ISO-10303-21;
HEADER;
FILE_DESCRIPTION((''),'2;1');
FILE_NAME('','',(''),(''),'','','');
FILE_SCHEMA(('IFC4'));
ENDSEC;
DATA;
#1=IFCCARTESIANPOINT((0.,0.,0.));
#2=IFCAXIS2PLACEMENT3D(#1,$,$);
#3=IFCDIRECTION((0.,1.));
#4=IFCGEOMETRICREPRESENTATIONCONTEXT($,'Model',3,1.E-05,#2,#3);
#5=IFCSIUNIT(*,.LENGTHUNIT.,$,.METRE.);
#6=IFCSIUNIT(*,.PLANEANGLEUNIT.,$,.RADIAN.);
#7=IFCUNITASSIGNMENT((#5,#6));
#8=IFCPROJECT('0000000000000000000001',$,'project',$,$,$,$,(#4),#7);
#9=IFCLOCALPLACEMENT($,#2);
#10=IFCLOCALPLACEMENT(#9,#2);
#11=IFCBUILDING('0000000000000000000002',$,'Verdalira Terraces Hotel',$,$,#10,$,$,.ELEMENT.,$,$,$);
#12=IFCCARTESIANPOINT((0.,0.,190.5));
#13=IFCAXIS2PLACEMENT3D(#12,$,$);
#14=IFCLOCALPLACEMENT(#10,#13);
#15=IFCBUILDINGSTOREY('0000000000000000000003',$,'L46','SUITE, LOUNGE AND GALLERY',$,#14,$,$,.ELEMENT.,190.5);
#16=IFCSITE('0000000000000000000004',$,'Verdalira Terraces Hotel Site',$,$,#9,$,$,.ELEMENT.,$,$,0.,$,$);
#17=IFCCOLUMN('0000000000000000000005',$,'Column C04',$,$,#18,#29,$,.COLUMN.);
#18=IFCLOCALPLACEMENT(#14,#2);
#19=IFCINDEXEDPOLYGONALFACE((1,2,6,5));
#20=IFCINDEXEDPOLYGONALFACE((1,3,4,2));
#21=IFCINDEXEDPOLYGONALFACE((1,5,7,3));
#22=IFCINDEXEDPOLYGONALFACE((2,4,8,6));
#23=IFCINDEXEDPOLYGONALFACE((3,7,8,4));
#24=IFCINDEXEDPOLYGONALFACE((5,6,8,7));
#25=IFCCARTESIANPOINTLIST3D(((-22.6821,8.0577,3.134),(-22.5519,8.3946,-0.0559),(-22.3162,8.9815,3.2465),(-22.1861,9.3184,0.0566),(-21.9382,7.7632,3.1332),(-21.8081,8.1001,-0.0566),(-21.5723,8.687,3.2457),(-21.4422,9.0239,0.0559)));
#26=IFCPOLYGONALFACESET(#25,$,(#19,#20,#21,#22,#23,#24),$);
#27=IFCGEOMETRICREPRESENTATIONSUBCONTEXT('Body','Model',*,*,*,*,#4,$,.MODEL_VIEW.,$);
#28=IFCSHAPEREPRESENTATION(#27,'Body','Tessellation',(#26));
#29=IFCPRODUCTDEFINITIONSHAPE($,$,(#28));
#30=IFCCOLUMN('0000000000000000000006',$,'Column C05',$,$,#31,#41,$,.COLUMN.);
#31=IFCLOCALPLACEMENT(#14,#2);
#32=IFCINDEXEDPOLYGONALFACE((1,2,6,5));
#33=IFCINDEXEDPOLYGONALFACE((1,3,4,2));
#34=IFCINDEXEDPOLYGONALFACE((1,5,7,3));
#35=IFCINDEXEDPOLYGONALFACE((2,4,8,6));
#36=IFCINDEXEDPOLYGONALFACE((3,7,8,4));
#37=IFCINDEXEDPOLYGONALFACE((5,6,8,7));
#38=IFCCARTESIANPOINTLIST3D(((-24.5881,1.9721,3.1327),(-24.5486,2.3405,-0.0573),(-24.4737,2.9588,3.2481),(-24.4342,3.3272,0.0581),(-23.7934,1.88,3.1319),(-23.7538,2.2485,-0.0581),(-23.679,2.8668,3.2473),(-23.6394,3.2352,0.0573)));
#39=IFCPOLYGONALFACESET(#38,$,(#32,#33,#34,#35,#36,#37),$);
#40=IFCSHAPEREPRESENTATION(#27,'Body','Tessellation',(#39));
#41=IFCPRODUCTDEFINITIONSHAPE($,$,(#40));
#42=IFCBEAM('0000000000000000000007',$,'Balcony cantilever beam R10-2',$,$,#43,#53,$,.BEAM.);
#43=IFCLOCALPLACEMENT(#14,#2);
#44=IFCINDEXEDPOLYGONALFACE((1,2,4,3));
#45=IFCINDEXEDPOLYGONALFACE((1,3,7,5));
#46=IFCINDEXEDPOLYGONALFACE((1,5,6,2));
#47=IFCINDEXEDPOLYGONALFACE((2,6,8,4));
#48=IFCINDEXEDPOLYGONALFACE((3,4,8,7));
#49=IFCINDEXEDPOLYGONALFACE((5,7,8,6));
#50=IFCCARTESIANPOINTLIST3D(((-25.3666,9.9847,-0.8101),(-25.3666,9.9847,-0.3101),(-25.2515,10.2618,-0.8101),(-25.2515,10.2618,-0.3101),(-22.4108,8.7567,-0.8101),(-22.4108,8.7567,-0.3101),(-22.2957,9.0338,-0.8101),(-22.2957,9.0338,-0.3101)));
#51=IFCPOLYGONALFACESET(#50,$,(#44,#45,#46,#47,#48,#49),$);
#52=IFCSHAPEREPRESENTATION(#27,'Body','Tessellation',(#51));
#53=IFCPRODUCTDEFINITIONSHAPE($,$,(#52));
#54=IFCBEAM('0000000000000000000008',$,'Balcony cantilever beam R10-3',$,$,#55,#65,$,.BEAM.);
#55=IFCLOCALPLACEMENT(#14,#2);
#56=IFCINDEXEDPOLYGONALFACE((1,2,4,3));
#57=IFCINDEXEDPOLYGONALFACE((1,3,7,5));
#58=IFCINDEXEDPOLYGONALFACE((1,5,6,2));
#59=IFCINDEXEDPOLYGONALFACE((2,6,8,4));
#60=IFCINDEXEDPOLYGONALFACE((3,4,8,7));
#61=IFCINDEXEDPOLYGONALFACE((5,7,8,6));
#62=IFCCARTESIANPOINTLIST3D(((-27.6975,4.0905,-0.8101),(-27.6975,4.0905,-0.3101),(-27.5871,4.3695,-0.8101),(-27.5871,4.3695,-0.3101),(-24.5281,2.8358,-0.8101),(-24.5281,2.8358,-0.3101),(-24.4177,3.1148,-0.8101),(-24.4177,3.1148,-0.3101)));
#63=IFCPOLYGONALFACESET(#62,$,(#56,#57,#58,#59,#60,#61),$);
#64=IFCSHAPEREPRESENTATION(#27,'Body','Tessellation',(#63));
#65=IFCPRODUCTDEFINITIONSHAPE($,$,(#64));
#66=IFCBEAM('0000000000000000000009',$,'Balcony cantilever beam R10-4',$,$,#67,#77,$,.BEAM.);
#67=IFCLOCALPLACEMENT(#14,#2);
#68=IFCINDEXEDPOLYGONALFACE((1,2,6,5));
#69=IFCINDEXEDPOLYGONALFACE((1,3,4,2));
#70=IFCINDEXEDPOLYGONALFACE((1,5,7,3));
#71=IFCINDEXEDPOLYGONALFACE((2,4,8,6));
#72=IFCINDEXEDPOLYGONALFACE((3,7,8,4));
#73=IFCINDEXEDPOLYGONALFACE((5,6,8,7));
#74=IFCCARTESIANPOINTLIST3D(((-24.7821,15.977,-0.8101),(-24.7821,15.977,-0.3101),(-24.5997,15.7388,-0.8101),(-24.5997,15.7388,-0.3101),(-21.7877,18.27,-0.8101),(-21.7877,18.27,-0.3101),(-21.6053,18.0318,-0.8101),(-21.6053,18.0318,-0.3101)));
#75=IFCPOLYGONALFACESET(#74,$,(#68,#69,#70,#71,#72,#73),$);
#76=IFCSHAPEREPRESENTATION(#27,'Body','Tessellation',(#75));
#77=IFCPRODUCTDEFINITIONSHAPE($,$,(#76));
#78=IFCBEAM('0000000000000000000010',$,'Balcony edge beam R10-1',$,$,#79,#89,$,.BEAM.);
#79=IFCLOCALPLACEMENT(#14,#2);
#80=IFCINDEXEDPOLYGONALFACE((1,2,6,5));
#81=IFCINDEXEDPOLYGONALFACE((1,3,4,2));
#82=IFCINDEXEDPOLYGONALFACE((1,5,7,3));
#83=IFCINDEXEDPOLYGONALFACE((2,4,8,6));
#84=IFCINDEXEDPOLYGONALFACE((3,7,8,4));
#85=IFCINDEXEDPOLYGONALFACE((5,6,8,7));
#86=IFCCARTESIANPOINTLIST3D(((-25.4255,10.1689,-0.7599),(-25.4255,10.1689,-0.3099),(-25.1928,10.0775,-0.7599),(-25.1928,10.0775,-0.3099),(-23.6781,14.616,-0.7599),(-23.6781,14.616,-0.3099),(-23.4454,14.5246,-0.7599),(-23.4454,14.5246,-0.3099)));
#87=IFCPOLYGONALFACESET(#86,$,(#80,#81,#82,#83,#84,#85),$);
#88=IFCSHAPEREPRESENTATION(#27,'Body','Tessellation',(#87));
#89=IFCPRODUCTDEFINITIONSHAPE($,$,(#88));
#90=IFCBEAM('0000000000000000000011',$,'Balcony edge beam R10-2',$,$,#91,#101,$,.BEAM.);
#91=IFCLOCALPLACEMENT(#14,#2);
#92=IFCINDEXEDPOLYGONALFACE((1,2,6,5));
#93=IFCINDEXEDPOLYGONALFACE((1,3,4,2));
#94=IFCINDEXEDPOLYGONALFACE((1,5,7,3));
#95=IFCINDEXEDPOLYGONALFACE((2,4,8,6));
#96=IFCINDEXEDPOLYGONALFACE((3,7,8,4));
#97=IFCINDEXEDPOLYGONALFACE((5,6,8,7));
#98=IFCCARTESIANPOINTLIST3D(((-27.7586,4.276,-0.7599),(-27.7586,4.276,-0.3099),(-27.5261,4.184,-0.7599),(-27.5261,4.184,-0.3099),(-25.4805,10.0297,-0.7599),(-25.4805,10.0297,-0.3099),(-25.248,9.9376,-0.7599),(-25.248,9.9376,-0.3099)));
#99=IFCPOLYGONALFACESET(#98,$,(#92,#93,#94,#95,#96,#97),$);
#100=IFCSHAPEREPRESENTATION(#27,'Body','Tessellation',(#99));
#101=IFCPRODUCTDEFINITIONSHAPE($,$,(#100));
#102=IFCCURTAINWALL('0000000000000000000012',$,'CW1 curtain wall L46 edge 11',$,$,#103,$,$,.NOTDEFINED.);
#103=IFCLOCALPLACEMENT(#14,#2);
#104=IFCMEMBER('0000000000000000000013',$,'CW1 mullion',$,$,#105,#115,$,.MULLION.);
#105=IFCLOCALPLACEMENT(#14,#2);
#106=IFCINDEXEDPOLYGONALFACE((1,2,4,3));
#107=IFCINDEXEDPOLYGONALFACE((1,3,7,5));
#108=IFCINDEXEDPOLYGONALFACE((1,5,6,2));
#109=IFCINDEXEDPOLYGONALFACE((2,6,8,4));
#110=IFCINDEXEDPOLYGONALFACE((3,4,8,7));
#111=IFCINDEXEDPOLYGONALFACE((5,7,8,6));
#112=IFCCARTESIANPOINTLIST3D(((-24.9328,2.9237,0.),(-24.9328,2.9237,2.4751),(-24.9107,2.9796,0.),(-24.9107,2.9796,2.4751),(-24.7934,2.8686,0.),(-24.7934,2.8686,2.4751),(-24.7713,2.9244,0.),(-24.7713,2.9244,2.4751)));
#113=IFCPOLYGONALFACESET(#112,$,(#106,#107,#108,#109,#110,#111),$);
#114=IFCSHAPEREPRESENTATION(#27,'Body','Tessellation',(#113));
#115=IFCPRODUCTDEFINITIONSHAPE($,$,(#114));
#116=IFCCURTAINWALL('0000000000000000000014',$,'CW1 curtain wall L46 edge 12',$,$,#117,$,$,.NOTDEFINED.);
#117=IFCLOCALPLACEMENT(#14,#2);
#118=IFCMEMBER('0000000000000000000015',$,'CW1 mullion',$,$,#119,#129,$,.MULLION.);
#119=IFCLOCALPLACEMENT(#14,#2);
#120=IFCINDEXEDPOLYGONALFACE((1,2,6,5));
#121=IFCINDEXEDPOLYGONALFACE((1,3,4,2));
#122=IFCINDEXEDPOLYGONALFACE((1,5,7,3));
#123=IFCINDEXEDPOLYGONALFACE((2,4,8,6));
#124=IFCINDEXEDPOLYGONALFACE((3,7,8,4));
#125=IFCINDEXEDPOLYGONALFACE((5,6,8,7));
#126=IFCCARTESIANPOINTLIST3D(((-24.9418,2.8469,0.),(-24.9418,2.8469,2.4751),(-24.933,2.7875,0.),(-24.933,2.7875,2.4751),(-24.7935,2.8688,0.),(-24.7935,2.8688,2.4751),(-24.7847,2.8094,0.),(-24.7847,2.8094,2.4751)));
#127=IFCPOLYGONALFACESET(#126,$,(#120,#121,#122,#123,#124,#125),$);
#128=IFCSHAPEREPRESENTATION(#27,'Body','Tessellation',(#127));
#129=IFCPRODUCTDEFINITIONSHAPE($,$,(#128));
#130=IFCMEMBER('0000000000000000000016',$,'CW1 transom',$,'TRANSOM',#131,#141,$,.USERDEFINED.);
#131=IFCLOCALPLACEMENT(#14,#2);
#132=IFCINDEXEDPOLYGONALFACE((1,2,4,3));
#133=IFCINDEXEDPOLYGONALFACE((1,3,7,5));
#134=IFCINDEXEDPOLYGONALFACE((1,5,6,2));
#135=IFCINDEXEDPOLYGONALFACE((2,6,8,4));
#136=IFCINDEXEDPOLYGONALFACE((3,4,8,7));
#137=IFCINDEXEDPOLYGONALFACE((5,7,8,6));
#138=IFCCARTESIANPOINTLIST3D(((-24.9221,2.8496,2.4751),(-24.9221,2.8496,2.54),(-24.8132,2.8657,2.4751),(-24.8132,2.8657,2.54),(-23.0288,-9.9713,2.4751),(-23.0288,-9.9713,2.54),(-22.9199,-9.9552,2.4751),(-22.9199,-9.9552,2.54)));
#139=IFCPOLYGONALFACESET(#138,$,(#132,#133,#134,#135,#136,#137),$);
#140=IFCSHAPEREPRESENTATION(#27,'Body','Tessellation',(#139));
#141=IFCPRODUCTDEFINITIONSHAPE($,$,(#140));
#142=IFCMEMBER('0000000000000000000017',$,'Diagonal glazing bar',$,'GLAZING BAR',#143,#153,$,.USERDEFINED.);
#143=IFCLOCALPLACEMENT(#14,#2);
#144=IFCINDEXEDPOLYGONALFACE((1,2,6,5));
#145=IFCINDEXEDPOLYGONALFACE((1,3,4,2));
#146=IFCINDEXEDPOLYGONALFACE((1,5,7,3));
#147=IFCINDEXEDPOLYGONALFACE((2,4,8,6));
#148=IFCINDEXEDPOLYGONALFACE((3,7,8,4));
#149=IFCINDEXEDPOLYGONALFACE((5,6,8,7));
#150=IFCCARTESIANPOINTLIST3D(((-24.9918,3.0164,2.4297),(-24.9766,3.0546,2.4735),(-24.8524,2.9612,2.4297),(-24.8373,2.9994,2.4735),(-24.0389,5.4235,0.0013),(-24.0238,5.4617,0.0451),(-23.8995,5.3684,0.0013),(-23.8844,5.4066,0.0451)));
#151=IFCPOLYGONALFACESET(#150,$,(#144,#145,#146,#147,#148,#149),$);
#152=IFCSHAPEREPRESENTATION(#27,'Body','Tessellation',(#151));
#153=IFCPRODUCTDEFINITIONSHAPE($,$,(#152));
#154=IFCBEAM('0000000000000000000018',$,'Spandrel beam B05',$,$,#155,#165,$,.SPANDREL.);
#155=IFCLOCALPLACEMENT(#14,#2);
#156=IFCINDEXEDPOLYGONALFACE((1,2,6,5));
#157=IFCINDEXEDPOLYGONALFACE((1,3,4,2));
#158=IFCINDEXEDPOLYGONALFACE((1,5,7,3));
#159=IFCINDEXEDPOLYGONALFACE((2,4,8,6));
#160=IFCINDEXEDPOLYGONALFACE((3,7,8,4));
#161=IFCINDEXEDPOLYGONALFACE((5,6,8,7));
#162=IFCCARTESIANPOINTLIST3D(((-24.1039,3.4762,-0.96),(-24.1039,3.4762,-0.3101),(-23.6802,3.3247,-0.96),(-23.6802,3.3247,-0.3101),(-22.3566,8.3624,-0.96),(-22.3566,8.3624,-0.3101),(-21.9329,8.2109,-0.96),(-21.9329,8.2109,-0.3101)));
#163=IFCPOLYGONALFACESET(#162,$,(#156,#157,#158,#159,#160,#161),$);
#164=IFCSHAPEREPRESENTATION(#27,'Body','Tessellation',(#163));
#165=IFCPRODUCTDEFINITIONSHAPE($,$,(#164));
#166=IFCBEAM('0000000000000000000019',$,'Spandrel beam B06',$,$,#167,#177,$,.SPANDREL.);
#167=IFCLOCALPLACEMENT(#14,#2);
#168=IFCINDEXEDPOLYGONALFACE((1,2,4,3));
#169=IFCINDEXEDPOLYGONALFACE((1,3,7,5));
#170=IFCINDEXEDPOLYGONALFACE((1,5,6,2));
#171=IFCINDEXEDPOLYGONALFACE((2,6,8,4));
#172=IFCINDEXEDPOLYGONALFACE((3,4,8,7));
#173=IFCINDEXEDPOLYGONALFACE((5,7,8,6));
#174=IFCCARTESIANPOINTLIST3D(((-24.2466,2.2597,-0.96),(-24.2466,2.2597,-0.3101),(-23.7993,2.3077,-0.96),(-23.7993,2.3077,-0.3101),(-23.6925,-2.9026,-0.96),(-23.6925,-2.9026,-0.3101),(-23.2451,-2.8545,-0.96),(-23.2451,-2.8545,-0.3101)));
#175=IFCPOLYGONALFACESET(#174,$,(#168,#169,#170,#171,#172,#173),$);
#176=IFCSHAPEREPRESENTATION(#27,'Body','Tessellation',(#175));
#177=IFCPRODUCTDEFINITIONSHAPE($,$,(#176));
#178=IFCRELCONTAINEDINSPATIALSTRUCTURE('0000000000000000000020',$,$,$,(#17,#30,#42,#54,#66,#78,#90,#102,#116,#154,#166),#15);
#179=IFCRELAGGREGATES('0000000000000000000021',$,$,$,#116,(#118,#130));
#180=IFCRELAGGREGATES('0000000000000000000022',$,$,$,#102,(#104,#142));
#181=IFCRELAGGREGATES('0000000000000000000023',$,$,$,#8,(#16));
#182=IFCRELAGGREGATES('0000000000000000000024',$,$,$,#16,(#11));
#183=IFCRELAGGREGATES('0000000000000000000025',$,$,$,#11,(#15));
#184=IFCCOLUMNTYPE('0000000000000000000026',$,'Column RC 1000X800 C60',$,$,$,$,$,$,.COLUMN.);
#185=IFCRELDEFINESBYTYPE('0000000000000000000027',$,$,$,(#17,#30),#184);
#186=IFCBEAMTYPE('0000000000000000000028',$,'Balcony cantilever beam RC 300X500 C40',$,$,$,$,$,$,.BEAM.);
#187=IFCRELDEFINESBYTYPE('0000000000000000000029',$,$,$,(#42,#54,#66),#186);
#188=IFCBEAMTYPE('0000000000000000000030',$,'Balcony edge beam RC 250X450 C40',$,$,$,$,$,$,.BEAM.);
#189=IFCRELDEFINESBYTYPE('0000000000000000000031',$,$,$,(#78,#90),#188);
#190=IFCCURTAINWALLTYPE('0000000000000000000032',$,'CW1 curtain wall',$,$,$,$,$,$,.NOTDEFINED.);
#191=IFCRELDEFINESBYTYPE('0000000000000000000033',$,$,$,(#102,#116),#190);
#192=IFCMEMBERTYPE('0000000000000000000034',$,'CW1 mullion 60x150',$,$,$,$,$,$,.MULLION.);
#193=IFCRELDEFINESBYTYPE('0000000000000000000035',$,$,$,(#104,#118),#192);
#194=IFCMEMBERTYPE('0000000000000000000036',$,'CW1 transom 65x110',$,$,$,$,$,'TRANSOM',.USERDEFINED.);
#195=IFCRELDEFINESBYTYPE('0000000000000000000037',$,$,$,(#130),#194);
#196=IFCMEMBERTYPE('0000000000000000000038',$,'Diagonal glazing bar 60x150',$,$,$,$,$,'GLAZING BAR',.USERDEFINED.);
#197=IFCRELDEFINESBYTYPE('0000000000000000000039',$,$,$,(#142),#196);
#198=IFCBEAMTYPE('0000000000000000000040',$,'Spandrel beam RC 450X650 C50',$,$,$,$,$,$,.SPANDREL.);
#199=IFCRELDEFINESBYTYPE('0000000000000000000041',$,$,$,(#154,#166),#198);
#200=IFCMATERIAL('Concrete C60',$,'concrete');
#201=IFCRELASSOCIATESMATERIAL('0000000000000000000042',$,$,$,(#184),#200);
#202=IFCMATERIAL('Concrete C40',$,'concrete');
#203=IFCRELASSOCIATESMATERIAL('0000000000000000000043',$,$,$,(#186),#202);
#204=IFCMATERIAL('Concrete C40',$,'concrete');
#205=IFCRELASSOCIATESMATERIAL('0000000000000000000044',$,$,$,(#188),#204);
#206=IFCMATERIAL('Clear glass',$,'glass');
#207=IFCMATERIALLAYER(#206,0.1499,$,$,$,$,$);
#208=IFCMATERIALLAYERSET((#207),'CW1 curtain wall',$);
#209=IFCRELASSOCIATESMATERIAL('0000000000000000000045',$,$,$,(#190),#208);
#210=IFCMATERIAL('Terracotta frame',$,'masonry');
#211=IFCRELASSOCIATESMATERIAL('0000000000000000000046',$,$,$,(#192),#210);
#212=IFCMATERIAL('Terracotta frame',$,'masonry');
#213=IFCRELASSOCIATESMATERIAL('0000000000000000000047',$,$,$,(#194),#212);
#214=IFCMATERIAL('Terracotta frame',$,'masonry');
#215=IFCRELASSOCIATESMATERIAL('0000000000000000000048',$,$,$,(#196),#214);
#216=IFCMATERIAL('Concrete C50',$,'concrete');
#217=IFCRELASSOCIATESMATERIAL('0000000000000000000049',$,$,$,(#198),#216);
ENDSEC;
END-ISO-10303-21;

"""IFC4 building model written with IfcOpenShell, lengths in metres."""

from ifc_helpers import new_model, si_unit, direction, frame, origin, origin_2d, place, context, subcontext, project, spatial, rectangle, extrude, material, layer, layer_set, material_profile, profile_set, type_object, element, aggregate, save


model = new_model("IFC4")

# Units and contexts
model_context = context("Model", 3, precision=1e-05, world=origin(), true_north=direction((0.0, 1.0)))
body_context = subcontext(model_context, "Body", "Model", "MODEL_VIEW")
ifc_project = project(units=[si_unit("LENGTHUNIT", "METRE"), si_unit("PLANEANGLEUNIT", "RADIAN")], contexts=[model_context])

# Site, building, storey
site_placement = place(None, origin())
site = spatial("IfcSite", under=ifc_project, at=site_placement, Name="Verdalira Terraces Hotel Site", CompositionType="ELEMENT", RefElevation=0.0)
building_placement = place(site_placement, origin())
building = spatial("IfcBuilding", under=site, at=building_placement, Name="Verdalira Terraces Hotel", CompositionType="ELEMENT")
storey_placement = place(building_placement, frame((0.0, 0.0, 190.5)))
storey = spatial("IfcBuildingStorey", under=building, at=storey_placement, Name="L46", Description="SUITE, LOUNGE AND GALLERY", CompositionType="ELEMENT", Elevation=190.5)

# Columns
ifc_material_1 = material(Name="Concrete C60", Category="concrete")
ifc_material_profile_1 = material_profile(ifc_material_1, rectangle(XDim=1.0, YDim=0.8, at=origin_2d()), Name="RC 1000X800")
ifc_profile_set_1 = profile_set([ifc_material_profile_1], Name="Concrete C60")
column_type = type_object("IfcColumnType", Name="Column RC 1000X800 C60", PredefinedType="COLUMN", material=ifc_profile_set_1)
column_1_placement = place(storey_placement, frame((-21.9971, 8.7092, 0.0), z_axis=(-0.040534, -0.104947, 0.993651), x_axis=(-0.365858, -0.923846, -0.112499)))
element("IfcColumn", 1, at=column_1_placement, inside=storey, type_object=column_type, Name="Column C04", PredefinedType="COLUMN", context=body_context, shape_type="SweptSolid", body=[
    extrude(rectangle(XDim=1.0, YDim=0.8, at=origin_2d()), origin(), (0.0, 0.0, 1.0), 3.2102),
])
column_2_placement = place(storey_placement, frame((-24.094, 2.7878, 0.0), z_axis=(-0.012316, -0.114719, 0.993322), x_axis=(0.114411, 0.986711, 0.115374)))
element("IfcColumn", 2, at=column_2_placement, inside=storey, type_object=column_type, Name="Column C05", PredefinedType="COLUMN", context=body_context, shape_type="SweptSolid", body=[
    extrude(rectangle(XDim=1.0, YDim=0.8, at=origin_2d()), origin(), (0.0, 0.0, 1.0), 3.2114),
])

# Beams
ifc_material_2 = material(Name="Concrete C40", Category="concrete")
ifc_material_profile_2 = material_profile(ifc_material_2, rectangle(XDim=0.3, YDim=0.5, at=origin_2d()), Name="RC 300X500")
ifc_profile_set_2 = profile_set([ifc_material_profile_2], Name="Concrete C40")
beam_type_1 = type_object("IfcBeamType", Name="Balcony cantilever beam RC 300X500 C40", PredefinedType="BEAM", material=ifc_profile_set_2)
beam_1_placement = place(storey_placement, frame((-22.3533, 8.8953, -0.5601), z_axis=(-0.923471, 0.383667, 0.0), x_axis=(-0.383667, -0.923471, 0.0)))
element("IfcBeam", 3, at=beam_1_placement, inside=storey, type_object=beam_type_1, Name="Balcony cantilever beam R10-2", PredefinedType="BEAM", context=body_context, shape_type="SweptSolid", body=[
    extrude(rectangle(XDim=0.3, YDim=0.5, at=origin_2d()), origin(), (0.0, 0.0, 1.0), 3.2007),
])
beam_2_placement = place(storey_placement, frame((-24.4729, 2.9753, -0.5601), z_axis=(-0.929799, 0.368067, 0.0), x_axis=(-0.368067, -0.929799, 0.0)))
element("IfcBeam", 4, at=beam_2_placement, inside=storey, type_object=beam_type_1, Name="Balcony cantilever beam R10-3", PredefinedType="BEAM", context=body_context, shape_type="SweptSolid", body=[
    extrude(rectangle(XDim=0.3, YDim=0.5, at=origin_2d()), origin(), (0.0, 0.0, 1.0), 3.4087),
])
beam_3_placement = place(storey_placement, frame((-21.6965, 18.1509, -0.5601), z_axis=(-0.793955, -0.607976, 0.0), x_axis=(0.607976, -0.793955, 0.0)))
element("IfcBeam", 5, at=beam_3_placement, inside=storey, type_object=beam_type_1, Name="Balcony cantilever beam R10-4", PredefinedType="BEAM", context=body_context, shape_type="SweptSolid", body=[
    extrude(rectangle(XDim=0.3, YDim=0.5, at=origin_2d()), origin(), (0.0, 0.0, 1.0), 3.7715),
])
ifc_material_3 = material(Name="Concrete C40", Category="concrete")
ifc_material_profile_3 = material_profile(ifc_material_3, rectangle(XDim=0.25, YDim=0.45, at=origin_2d()), Name="RC 250X450")
ifc_profile_set_3 = profile_set([ifc_material_profile_3], Name="Concrete C40")
beam_type_2 = type_object("IfcBeamType", Name="Balcony edge beam RC 250X450 C40", PredefinedType="BEAM", material=ifc_profile_set_3)
beam_4_placement = place(storey_placement, frame((-23.5618, 14.5703, -0.5349), z_axis=(-0.365701, -0.930732, 0.0), x_axis=(0.930732, -0.365701, 0.0)))
element("IfcBeam", 6, at=beam_4_placement, inside=storey, type_object=beam_type_2, Name="Balcony edge beam R10-1", PredefinedType="BEAM", context=body_context, shape_type="SweptSolid", body=[
    extrude(rectangle(XDim=0.25, YDim=0.45, at=origin_2d()), origin(), (0.0, 0.0, 1.0), 4.7781),
])
beam_5_placement = place(storey_placement, frame((-25.3643, 9.9836, -0.5349), z_axis=(-0.36813, -0.929774, 0.0), x_axis=(0.929774, -0.36813, 0.0)))
element("IfcBeam", 7, at=beam_5_placement, inside=storey, type_object=beam_type_2, Name="Balcony edge beam R10-2", PredefinedType="BEAM", context=body_context, shape_type="SweptSolid", body=[
    extrude(rectangle(XDim=0.25, YDim=0.45, at=origin_2d()), origin(), (0.0, 0.0, 1.0), 6.1882),
])

# Curtain wall, member
ifc_material_4 = material(Name="Clear glass", Category="glass")
ifc_layer_1 = layer(ifc_material_4, 0.1499)
ifc_layer_set_1 = layer_set([ifc_layer_1], Name="CW1 curtain wall")
curtain_wall_type = type_object("IfcCurtainWallType", Name="CW1 curtain wall", PredefinedType="NOTDEFINED", material=ifc_layer_set_1)
curtain_wall_1_placement = place(storey_placement, origin())
curtain_wall_1 = element("IfcCurtainWall", 8, at=curtain_wall_1_placement, inside=storey, type_object=curtain_wall_type, Name="CW1 curtain wall L46 edge 11", PredefinedType="NOTDEFINED")
ifc_material_5 = material(Name="Terracotta frame", Category="masonry")
ifc_material_profile_4 = material_profile(ifc_material_5, rectangle(XDim=0.0601, YDim=0.1499, at=origin_2d()), Name="MU 60x150")
ifc_profile_set_4 = profile_set([ifc_material_profile_4], Name="Terracotta frame")
member_type_1 = type_object("IfcMemberType", Name="CW1 mullion 60x150", PredefinedType="MULLION", material=ifc_profile_set_4)
member_1_placement = place(storey_placement, frame((-24.8521, 2.9241, 0.0), z_axis=(0.0, 0.0, 1.0), x_axis=(-0.368125, -0.929776, 0.0)))
member_1 = element("IfcMember", 9, at=member_1_placement, type_object=member_type_1, Name="CW1 mullion", PredefinedType="MULLION", context=body_context, shape_type="SweptSolid", body=[
    extrude(rectangle(XDim=0.0601, YDim=0.1499, at=origin_2d()), origin(), (0.0, 0.0, 1.0), 2.4751),
])

# Curtain wall, members
curtain_wall_2_placement = place(storey_placement, origin())
curtain_wall_2 = element("IfcCurtainWall", 10, at=curtain_wall_2_placement, inside=storey, type_object=curtain_wall_type, Name="CW1 curtain wall L46 edge 12", PredefinedType="NOTDEFINED")
member_2_placement = place(storey_placement, frame((-24.8633, 2.8281, 0.0), z_axis=(0.0, 0.0, 1.0), x_axis=(0.146083, -0.989272, 0.0)))
member_2 = element("IfcMember", 11, at=member_2_placement, type_object=member_type_1, Name="CW1 mullion", PredefinedType="MULLION", context=body_context, shape_type="SweptSolid", body=[
    extrude(rectangle(XDim=0.0601, YDim=0.1499, at=origin_2d()), origin(), (0.0, 0.0, 1.0), 2.4751),
])
ifc_material_6 = material(Name="Terracotta frame", Category="masonry")
ifc_material_profile_5 = material_profile(ifc_material_6, rectangle(XDim=0.1101, YDim=0.0649, at=origin_2d()), Name="TR 65x110")
ifc_profile_set_5 = profile_set([ifc_material_profile_5], Name="Terracotta frame")
member_type_2 = type_object("IfcMemberType", Name="CW1 transom 65x110", ElementType="TRANSOM", PredefinedType="USERDEFINED", material=ifc_profile_set_5)
member_3_placement = place(storey_placement, frame((-24.8677, 2.8577, 2.5076), z_axis=(0.146091, -0.989271, 0.0), x_axis=(0.989271, 0.146091, 0.0)))
member_3 = element("IfcMember", 12, at=member_3_placement, type_object=member_type_2, Name="CW1 transom", ObjectType="TRANSOM", PredefinedType="USERDEFINED", context=body_context, shape_type="SweptSolid", body=[
    extrude(rectangle(XDim=0.1101, YDim=0.0649, at=origin_2d()), origin(), (0.0, 0.0, 1.0), 12.96),
])
aggregate(curtain_wall_2, [member_2, member_3])

# Member
ifc_material_7 = material(Name="Terracotta frame", Category="masonry")
ifc_material_profile_6 = material_profile(ifc_material_7, rectangle(XDim=0.1499, YDim=0.0601, at=origin_2d()), Name="GB 60x150")
ifc_profile_set_6 = profile_set([ifc_material_profile_6], Name="Terracotta frame")
member_type_3 = type_object("IfcMemberType", Name="Diagonal glazing bar 60x150", ElementType="GLAZING BAR", PredefinedType="USERDEFINED", material=ifc_profile_set_6)
member_4_placement = place(storey_placement, frame((-23.9617, 5.415, 0.0232), z_axis=(-0.268442, -0.678155, 0.684138), x_axis=(0.929804, -0.368055, 0.0)))
member_4 = element("IfcMember", 13, at=member_4_placement, type_object=member_type_3, Name="Diagonal glazing bar", ObjectType="GLAZING BAR", PredefinedType="USERDEFINED", context=body_context, shape_type="SweptSolid", body=[
    extrude(rectangle(XDim=0.1499, YDim=0.0601, at=origin_2d()), origin(), (0.0, 0.0, 1.0), 3.5496),
])

# Beams
ifc_material_8 = material(Name="Concrete C50", Category="concrete")
ifc_material_profile_7 = material_profile(ifc_material_8, rectangle(XDim=0.45, YDim=0.6499, at=origin_2d()), Name="RC 450X650")
ifc_profile_set_7 = profile_set([ifc_material_profile_7], Name="Concrete C50")
beam_type_3 = type_object("IfcBeamType", Name="Spandrel beam RC 450X650 C50", PredefinedType="SPANDREL", material=ifc_profile_set_7)
beam_6_placement = place(storey_placement, frame((-22.1448, 8.2866, -0.635), z_axis=(-0.336718, -0.941606, 0.0), x_axis=(0.941606, -0.336718, 0.0)))
element("IfcBeam", 14, at=beam_6_placement, inside=storey, type_object=beam_type_3, Name="Spandrel beam B05", PredefinedType="SPANDREL", context=body_context, shape_type="SweptSolid", body=[
    extrude(rectangle(XDim=0.45, YDim=0.6499, at=origin_2d()), origin(), (0.0, 0.0, 1.0), 5.1892),
])
beam_7_placement = place(storey_placement, frame((-24.0229, 2.2837, -0.635), z_axis=(0.106741, -0.994287, 0.0), x_axis=(0.994287, 0.106741, 0.0)))
element("IfcBeam", 15, at=beam_7_placement, inside=storey, type_object=beam_type_3, Name="Spandrel beam B06", PredefinedType="SPANDREL", context=body_context, shape_type="SweptSolid", body=[
    extrude(rectangle(XDim=0.45, YDim=0.6499, at=origin_2d()), origin(), (0.0, 0.0, 1.0), 5.1919),
])

aggregate(curtain_wall_1, [member_1, member_4])

save(model, "model.ifc")
